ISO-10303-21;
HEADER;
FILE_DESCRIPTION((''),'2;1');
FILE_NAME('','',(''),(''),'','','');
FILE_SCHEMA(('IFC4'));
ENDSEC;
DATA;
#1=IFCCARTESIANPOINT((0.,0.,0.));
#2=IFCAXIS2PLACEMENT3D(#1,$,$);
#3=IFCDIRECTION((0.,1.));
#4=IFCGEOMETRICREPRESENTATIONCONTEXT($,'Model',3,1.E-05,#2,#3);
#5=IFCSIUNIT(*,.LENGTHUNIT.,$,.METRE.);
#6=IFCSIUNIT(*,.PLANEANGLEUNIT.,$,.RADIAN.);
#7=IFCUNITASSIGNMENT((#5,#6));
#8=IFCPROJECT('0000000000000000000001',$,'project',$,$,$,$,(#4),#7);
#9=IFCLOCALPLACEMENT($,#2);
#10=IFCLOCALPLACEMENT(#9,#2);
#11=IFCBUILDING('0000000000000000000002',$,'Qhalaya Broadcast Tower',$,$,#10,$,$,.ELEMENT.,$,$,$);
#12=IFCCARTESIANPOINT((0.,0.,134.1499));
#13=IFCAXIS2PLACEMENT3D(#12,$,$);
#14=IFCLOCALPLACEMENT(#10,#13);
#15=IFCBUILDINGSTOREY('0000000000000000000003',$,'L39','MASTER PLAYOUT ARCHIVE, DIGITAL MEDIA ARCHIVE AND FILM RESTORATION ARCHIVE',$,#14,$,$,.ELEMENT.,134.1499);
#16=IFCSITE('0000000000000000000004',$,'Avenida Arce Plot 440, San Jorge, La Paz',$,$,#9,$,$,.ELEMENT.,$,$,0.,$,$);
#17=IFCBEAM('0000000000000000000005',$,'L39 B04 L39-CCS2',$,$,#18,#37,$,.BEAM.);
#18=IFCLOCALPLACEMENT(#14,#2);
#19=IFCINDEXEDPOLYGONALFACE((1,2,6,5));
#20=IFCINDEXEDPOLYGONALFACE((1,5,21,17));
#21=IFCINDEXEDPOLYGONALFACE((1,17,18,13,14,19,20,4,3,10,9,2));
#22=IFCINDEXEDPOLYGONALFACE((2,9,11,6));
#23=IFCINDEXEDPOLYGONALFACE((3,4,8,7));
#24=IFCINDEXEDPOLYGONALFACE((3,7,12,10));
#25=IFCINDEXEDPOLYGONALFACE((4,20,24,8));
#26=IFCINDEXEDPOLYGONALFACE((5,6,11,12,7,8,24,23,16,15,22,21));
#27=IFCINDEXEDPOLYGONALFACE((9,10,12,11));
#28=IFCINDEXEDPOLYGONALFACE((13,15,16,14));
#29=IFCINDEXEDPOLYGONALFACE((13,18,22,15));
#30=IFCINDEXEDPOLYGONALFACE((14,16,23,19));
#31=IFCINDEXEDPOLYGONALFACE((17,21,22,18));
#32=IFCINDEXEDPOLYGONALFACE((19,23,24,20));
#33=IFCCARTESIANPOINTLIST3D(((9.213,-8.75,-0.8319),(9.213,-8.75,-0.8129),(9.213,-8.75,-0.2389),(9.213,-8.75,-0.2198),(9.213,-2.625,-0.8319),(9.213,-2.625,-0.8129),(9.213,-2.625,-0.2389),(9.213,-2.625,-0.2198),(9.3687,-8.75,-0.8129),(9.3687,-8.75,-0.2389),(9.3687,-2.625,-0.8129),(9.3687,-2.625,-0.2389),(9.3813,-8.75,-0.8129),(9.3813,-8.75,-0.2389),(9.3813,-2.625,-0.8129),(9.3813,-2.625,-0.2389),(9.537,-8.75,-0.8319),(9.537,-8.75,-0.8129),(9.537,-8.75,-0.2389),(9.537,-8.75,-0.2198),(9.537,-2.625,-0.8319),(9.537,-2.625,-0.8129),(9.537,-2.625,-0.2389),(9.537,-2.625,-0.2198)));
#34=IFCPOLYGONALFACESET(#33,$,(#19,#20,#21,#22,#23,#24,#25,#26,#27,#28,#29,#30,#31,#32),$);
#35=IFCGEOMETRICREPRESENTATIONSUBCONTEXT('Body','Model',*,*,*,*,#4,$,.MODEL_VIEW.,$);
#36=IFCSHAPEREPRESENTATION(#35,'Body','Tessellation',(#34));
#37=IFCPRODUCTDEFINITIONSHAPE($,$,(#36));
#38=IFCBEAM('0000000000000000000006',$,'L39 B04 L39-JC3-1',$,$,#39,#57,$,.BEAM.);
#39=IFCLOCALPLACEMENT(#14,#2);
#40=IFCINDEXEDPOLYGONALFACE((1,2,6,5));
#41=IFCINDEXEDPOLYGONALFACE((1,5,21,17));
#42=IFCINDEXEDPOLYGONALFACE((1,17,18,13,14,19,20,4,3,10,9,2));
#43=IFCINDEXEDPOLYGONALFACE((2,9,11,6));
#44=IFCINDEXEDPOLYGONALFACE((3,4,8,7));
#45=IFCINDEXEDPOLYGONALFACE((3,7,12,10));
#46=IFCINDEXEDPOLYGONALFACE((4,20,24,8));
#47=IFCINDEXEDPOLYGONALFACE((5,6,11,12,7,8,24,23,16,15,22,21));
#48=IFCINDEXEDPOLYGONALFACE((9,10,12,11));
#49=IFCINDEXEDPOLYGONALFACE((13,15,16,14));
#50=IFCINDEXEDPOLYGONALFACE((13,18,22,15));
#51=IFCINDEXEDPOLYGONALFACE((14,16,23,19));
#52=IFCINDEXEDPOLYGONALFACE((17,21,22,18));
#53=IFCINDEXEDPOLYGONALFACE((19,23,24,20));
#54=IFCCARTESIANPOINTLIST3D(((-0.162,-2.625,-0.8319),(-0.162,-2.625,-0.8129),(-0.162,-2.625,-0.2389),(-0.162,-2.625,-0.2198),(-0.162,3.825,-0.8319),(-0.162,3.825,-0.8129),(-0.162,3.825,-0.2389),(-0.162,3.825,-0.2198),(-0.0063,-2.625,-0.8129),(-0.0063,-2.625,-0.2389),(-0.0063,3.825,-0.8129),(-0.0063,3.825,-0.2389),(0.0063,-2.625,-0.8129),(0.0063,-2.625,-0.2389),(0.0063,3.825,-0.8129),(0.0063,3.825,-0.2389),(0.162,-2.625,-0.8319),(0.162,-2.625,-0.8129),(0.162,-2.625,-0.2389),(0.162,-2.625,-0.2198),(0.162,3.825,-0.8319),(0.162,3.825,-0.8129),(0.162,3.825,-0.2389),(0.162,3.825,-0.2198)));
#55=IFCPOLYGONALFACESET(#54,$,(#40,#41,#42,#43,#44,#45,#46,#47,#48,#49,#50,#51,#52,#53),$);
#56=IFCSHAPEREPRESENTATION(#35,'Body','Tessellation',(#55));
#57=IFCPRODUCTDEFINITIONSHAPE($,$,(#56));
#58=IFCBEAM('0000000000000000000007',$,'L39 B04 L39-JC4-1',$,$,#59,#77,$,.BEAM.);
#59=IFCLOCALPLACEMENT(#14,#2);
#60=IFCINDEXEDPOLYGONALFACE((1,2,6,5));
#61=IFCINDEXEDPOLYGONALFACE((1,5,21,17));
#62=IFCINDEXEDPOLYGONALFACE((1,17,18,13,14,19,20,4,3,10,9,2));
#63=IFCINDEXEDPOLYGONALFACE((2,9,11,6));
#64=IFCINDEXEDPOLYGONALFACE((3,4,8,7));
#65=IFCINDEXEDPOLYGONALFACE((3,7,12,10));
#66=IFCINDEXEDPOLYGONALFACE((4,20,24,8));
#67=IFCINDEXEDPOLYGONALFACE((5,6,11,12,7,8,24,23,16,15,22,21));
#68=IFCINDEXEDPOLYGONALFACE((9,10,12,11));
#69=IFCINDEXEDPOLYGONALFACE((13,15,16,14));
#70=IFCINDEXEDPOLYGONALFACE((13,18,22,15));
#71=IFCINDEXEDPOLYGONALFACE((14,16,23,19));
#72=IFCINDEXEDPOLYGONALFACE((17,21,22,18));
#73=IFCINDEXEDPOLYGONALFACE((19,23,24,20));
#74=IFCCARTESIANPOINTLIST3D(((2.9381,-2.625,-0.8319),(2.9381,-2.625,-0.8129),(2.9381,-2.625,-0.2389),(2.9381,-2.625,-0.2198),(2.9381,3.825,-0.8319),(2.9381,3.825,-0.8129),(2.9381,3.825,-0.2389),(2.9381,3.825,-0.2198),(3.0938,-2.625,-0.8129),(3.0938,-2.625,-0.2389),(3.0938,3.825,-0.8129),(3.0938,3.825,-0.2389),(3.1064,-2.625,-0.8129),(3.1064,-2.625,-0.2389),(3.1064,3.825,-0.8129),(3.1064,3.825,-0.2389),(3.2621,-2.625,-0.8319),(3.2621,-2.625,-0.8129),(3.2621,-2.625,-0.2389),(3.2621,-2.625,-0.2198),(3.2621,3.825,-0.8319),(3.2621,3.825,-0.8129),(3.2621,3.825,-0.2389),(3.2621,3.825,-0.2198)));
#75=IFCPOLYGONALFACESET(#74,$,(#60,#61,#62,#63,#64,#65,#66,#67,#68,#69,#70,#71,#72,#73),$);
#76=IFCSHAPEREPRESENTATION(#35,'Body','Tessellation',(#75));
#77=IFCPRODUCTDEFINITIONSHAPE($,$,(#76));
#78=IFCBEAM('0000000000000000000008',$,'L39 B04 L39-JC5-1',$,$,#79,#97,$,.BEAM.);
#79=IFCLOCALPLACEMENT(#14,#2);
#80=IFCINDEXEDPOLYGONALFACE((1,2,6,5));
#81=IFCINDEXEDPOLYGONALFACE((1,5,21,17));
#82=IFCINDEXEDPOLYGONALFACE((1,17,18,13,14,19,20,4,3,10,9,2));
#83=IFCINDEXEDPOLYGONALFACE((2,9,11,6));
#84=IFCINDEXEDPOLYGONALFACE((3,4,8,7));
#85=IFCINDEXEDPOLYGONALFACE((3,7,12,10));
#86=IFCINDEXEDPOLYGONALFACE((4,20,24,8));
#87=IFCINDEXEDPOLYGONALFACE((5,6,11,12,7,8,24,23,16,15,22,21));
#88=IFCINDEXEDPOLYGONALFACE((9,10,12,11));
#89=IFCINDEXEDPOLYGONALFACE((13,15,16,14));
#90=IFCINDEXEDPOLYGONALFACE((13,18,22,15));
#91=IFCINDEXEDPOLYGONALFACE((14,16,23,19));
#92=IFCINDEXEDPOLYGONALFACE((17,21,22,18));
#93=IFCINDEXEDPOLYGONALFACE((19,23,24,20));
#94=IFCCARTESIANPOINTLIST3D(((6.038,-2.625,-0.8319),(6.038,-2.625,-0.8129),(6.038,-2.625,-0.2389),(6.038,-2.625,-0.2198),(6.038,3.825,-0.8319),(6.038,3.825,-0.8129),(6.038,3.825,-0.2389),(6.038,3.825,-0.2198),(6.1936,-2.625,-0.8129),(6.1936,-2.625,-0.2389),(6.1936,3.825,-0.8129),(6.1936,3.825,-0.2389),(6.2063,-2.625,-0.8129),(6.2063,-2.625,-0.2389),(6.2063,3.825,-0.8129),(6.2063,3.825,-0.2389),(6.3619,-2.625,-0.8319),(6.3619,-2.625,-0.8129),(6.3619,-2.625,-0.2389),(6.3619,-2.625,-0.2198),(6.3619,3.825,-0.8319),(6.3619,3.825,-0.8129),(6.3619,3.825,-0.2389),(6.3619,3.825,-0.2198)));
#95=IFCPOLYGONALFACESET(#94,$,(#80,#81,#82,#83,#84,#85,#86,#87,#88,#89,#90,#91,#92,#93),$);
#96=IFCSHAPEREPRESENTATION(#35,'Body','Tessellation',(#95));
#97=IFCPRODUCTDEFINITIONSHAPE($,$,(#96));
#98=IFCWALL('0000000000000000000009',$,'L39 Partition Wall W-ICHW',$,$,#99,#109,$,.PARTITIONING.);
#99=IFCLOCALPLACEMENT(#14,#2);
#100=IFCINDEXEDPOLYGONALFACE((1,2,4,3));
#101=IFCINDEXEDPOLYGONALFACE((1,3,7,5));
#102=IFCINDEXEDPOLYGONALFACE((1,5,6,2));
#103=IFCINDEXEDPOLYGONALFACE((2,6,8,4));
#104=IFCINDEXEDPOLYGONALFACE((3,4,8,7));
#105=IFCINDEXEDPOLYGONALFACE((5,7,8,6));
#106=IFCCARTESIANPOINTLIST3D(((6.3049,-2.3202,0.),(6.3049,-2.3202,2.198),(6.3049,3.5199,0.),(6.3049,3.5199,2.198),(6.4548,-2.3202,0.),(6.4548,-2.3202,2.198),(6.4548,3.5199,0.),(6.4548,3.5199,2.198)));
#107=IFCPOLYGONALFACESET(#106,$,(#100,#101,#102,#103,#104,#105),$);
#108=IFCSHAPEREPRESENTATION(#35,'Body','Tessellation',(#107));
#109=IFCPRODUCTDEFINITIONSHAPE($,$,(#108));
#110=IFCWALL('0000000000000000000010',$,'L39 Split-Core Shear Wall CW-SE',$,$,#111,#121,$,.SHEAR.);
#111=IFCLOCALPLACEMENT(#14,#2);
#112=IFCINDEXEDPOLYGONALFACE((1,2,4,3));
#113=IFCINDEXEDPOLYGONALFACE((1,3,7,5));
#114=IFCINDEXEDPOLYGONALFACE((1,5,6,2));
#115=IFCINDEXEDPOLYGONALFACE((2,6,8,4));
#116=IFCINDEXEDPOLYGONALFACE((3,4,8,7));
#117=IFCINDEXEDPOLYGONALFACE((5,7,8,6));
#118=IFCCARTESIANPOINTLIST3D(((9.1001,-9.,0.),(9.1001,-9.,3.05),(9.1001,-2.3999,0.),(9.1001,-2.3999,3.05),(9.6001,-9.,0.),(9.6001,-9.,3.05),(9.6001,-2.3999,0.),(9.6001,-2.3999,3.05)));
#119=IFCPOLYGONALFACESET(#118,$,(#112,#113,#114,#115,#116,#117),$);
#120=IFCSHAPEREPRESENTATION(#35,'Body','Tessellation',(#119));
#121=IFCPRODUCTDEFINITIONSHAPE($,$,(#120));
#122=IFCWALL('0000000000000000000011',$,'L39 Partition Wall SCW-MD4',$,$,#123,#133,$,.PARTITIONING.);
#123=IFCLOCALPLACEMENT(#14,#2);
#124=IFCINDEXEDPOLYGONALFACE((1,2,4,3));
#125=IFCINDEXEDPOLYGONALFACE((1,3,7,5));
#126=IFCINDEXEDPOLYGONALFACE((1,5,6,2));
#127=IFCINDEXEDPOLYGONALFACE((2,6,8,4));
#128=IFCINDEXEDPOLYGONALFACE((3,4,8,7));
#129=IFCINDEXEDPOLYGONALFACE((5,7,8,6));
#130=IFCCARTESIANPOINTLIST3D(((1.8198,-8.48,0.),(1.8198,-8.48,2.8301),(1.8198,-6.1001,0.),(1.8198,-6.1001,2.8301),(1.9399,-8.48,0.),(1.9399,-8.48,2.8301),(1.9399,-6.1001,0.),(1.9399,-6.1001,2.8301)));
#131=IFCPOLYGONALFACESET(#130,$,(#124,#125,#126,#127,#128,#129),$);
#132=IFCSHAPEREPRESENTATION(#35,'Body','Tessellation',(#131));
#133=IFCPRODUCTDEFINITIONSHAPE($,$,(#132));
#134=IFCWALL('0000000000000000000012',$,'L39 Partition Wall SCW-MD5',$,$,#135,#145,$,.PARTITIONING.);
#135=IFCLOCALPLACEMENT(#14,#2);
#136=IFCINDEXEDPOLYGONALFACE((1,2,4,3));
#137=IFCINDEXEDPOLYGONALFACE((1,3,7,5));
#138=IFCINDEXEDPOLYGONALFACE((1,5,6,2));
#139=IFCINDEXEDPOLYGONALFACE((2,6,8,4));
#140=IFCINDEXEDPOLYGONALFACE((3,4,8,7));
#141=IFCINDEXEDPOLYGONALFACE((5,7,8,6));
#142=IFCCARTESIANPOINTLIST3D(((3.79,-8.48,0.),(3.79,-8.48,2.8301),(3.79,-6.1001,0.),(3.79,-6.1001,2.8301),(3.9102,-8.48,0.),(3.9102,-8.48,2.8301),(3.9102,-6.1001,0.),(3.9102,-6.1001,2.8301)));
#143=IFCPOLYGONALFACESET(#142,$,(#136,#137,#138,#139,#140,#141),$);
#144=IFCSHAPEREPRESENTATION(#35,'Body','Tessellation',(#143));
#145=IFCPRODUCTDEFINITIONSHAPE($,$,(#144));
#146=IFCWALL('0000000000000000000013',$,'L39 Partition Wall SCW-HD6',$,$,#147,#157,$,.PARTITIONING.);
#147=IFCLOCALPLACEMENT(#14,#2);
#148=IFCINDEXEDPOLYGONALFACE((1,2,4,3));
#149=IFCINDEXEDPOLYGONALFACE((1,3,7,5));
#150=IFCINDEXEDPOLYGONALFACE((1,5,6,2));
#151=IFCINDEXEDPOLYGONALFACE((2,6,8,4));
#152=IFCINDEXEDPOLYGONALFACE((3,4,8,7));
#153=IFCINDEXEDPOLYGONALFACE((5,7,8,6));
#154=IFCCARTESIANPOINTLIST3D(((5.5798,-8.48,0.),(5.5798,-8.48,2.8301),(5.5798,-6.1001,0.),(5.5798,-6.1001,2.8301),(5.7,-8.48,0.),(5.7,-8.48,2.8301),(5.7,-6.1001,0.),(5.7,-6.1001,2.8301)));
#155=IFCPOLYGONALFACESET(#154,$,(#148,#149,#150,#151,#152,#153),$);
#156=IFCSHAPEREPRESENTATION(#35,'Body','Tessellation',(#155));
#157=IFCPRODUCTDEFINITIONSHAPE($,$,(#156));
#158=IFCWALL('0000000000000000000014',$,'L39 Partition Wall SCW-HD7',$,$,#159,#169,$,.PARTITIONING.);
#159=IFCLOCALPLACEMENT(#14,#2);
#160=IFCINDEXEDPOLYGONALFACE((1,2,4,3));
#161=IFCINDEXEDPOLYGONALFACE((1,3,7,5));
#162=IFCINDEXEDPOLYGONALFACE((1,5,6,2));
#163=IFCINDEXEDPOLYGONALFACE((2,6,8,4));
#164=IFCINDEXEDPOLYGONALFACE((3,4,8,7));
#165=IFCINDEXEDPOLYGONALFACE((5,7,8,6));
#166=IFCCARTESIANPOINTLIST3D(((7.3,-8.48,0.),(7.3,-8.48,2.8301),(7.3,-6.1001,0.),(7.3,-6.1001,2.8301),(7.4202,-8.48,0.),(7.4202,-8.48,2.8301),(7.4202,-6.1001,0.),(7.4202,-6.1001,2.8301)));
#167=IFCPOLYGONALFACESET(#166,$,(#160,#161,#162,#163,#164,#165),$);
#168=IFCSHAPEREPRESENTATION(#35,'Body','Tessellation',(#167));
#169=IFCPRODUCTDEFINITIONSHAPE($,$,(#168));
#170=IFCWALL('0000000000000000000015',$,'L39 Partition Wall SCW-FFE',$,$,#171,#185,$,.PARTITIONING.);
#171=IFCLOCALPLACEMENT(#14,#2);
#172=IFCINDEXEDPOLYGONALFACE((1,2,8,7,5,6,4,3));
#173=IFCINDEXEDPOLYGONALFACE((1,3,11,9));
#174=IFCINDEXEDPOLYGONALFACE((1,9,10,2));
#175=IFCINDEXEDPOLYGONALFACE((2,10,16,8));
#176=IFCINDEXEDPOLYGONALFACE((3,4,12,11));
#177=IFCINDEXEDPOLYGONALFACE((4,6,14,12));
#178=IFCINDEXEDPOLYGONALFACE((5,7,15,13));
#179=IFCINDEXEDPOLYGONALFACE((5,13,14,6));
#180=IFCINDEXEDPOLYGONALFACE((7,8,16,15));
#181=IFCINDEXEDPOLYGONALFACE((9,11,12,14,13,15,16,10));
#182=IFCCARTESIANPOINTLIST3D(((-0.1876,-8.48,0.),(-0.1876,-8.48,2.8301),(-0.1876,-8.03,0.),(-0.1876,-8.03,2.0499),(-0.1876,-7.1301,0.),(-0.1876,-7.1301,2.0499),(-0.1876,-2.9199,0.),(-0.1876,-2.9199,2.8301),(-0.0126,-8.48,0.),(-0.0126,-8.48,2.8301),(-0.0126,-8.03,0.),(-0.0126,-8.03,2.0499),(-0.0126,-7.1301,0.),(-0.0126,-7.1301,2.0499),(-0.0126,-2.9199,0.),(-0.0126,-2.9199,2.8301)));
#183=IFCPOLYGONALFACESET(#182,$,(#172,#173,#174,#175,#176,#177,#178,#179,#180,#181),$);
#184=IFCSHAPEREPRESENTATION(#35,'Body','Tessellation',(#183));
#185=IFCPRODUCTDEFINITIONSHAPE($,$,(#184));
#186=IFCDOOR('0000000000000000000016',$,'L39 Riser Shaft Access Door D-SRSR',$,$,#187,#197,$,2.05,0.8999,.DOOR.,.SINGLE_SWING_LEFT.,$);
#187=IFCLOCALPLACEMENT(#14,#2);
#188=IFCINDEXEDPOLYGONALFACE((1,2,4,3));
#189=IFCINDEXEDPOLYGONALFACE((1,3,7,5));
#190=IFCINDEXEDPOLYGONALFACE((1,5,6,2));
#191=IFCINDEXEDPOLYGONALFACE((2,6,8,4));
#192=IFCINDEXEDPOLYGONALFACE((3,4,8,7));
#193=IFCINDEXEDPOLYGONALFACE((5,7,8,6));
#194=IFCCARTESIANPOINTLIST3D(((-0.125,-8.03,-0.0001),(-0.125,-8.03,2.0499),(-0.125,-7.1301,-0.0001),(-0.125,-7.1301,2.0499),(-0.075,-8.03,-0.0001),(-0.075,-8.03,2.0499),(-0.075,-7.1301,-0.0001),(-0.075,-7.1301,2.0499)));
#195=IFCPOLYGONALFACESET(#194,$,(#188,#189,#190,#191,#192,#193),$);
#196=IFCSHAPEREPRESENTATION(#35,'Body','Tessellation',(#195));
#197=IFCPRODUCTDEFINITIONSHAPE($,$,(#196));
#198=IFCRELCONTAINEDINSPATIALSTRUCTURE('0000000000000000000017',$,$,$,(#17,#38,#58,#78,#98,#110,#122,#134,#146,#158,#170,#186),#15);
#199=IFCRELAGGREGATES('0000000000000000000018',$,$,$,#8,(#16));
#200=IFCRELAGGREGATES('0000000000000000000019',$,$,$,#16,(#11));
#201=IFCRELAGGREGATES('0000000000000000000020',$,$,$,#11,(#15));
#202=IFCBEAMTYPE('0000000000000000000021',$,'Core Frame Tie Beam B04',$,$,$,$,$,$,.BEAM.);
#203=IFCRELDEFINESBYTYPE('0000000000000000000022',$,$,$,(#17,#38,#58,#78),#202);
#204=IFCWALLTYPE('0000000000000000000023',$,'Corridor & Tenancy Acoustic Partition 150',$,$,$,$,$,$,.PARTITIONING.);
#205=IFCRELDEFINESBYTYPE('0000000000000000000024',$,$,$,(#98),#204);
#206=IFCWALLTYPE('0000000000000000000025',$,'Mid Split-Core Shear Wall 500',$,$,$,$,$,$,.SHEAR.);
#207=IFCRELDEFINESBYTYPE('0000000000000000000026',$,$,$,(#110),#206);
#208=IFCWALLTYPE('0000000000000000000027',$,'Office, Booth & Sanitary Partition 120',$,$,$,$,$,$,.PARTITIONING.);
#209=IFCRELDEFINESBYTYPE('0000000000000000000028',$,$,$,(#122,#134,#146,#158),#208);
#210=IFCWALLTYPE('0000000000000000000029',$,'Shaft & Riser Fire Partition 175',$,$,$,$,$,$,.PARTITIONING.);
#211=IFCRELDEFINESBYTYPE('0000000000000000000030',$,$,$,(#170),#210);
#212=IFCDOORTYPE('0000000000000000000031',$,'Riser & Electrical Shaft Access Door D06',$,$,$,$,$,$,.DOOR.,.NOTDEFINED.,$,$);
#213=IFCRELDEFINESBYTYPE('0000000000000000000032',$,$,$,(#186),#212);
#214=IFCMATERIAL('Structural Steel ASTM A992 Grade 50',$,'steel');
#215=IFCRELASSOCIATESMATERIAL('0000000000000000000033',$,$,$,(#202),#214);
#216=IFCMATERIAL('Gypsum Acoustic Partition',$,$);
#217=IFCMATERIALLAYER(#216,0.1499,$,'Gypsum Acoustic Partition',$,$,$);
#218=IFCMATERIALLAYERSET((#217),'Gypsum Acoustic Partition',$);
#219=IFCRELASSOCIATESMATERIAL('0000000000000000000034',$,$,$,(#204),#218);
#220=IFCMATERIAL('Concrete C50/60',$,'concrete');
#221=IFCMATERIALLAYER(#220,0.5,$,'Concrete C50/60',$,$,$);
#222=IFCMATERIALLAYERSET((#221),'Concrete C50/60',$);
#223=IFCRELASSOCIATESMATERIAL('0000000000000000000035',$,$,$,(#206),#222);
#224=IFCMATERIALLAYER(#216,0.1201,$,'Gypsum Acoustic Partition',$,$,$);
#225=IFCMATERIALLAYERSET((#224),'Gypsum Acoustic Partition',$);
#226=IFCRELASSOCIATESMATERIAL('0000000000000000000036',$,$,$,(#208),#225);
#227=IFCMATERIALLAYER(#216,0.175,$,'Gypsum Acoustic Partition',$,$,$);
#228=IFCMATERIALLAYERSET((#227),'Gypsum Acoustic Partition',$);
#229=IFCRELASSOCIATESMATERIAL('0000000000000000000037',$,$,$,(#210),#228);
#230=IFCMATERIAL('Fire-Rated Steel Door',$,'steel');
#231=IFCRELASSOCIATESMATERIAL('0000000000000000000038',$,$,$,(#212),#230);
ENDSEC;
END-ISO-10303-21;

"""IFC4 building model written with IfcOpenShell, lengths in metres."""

from ifc_helpers import new_model, si_unit, direction, frame, frame_2d, origin, origin_2d, place, context, subcontext, project, spatial, rectangle, i_section, extrude, material, layer, layer_set, material_profile, profile_set, type_object, element, fill, save


model = new_model("IFC4")

# Units and contexts
model_context = context("Model", 3, precision=1e-05, world=origin(), true_north=direction((0.0, 1.0)))
body_context = subcontext(model_context, "Body", "Model", "MODEL_VIEW")
ifc_project = project(units=[si_unit("LENGTHUNIT", "METRE"), si_unit("PLANEANGLEUNIT", "RADIAN")], contexts=[model_context])

# Site, building, storey
site_placement = place(None, origin())
site = spatial("IfcSite", under=ifc_project, at=site_placement, Name="Avenida Arce Plot 440, San Jorge, La Paz", CompositionType="ELEMENT", RefElevation=0.0)
building_placement = place(site_placement, origin())
building = spatial("IfcBuilding", under=site, at=building_placement, Name="Qhalaya Broadcast Tower", CompositionType="ELEMENT")
storey_placement = place(building_placement, frame((0.0, 0.0, 134.1499)))
storey = spatial("IfcBuildingStorey", under=building, at=storey_placement, Name="L39", Description="MASTER PLAYOUT ARCHIVE, DIGITAL MEDIA ARCHIVE AND FILM RESTORATION ARCHIVE", CompositionType="ELEMENT", Elevation=134.1499)

# Beams
ifc_material_1 = material(Name="Structural Steel ASTM A992 Grade 50", Category="steel")
ifc_material_profile = material_profile(ifc_material_1, i_section(OverallWidth=0.324, OverallDepth=0.6121, WebThickness=0.0127, FlangeThickness=0.019, at=origin_2d()), Name="W24X104")
ifc_profile_set = profile_set([ifc_material_profile], Name="Structural Steel ASTM A992 Grade 50")
beam_type = type_object("IfcBeamType", Name="Core Frame Tie Beam B04", PredefinedType="BEAM", material=ifc_profile_set)
beam_placement = place(storey_placement, frame((9.375, -8.75, -0.5259), z_axis=(0.0, 1.0, 0.0), x_axis=(-1.0, 0.0, 0.0)))
element("IfcBeam", 1, at=beam_placement, inside=storey, type_object=beam_type, Name="L39 B04 L39-CCS2", PredefinedType="BEAM", context=body_context, shape_type="SweptSolid", body=[
    extrude(i_section(OverallWidth=0.324, OverallDepth=0.6121, WebThickness=0.0127, FlangeThickness=0.019, at=origin_2d()), origin(), (0.0, 0.0, 1.0), 6.125),
])
for number, where, z_axis, x_axis, name in (
    (2, (0.0, -2.625, -0.5259), (0.0, 1.0, 0.0), (-1.0, 0.0, 0.0), "L39 B04 L39-JC3-1"),
    (3, (3.1001, -2.625, -0.5259), (0.0, 1.0, 0.0), (-1.0, 0.0, 0.0), "L39 B04 L39-JC4-1"),
    (4, (6.2, -2.625, -0.5259), (0.0, 1.0, 0.0), (-1.0, 0.0, 0.0), "L39 B04 L39-JC5-1"),
):
    element("IfcBeam", number, at=place(storey_placement, frame(where, z_axis=z_axis, x_axis=x_axis)), inside=storey, type_object=beam_type, Name=name, PredefinedType="BEAM", context=body_context, shape_type="SweptSolid", body=[
        extrude(i_section(OverallWidth=0.324, OverallDepth=0.6121, WebThickness=0.0127, FlangeThickness=0.019, at=origin_2d()), origin(), (0.0, 0.0, 1.0), 6.45),
    ])

# Walls
ifc_material_2 = material(Name="Gypsum Acoustic Partition")
ifc_layer_1 = layer(ifc_material_2, 0.1499, Name="Gypsum Acoustic Partition")
ifc_layer_set_1 = layer_set([ifc_layer_1], Name="Gypsum Acoustic Partition")
wall_type_1 = type_object("IfcWallType", Name="Corridor & Tenancy Acoustic Partition 150", PredefinedType="PARTITIONING", material=ifc_layer_set_1)
wall_1_placement = place(storey_placement, frame((6.3799, -2.3201, 0.0), z_axis=(0.0, 0.0, 1.0), x_axis=(0.0, 1.0, 0.0)))
element("IfcWall", 5, at=wall_1_placement, inside=storey, type_object=wall_type_1, Name="L39 Partition Wall W-ICHW", PredefinedType="PARTITIONING", context=body_context, shape_type="SweptSolid", body=[
    extrude(rectangle(XDim=5.8401, YDim=0.1499, at=frame_2d((2.9199, 0.0))), origin(), (0.0, 0.0, 1.0), 2.198),
])
ifc_material_3 = material(Name="Concrete C50/60", Category="concrete")
ifc_layer_2 = layer(ifc_material_3, 0.5, Name="Concrete C50/60")
ifc_layer_set_2 = layer_set([ifc_layer_2], Name="Concrete C50/60")
wall_type_2 = type_object("IfcWallType", Name="Mid Split-Core Shear Wall 500", PredefinedType="SHEAR", material=ifc_layer_set_2)
wall_2_placement = place(storey_placement, frame((9.3501, -9.0, 0.0), z_axis=(0.0, 0.0, 1.0), x_axis=(0.0, 1.0, 0.0)))
element("IfcWall", 6, at=wall_2_placement, inside=storey, type_object=wall_type_2, Name="L39 Split-Core Shear Wall CW-SE", PredefinedType="SHEAR", context=body_context, shape_type="SweptSolid", body=[
    extrude(rectangle(XDim=6.6001, YDim=0.5, at=frame_2d((3.3, 0.0))), origin(), (0.0, 0.0, 1.0), 3.05),
])
ifc_layer_3 = layer(ifc_material_2, 0.1201, Name="Gypsum Acoustic Partition")
ifc_layer_set_3 = layer_set([ifc_layer_3], Name="Gypsum Acoustic Partition")
wall_type_3 = type_object("IfcWallType", Name="Office, Booth & Sanitary Partition 120", PredefinedType="PARTITIONING", material=ifc_layer_set_3)
for number, where, z_axis, x_axis, name in (
    (7, (1.8799, -8.48, 0.0), (0.0, 0.0, 1.0), (0.0, 1.0, 0.0), "L39 Partition Wall SCW-MD4"),
    (8, (3.8501, -8.48, 0.0), (0.0, 0.0, 1.0), (0.0, 1.0, 0.0), "L39 Partition Wall SCW-MD5"),
    (9, (5.6399, -8.48, 0.0), (0.0, 0.0, 1.0), (0.0, 1.0, 0.0), "L39 Partition Wall SCW-HD6"),
    (10, (7.3601, -8.48, 0.0), (0.0, 0.0, 1.0), (0.0, 1.0, 0.0), "L39 Partition Wall SCW-HD7"),
):
    element("IfcWall", number, at=place(storey_placement, frame(where, z_axis=z_axis, x_axis=x_axis)), inside=storey, type_object=wall_type_3, Name=name, PredefinedType="PARTITIONING", context=body_context, shape_type="SweptSolid", body=[
        extrude(rectangle(XDim=2.3799, YDim=0.1201, at=frame_2d((1.1899, 0.0))), origin(), (0.0, 0.0, 1.0), 2.8301),
    ])

# Wall, opening, door
ifc_layer_4 = layer(ifc_material_2, 0.175, Name="Gypsum Acoustic Partition")
ifc_layer_set_4 = layer_set([ifc_layer_4], Name="Gypsum Acoustic Partition")
wall_type_4 = type_object("IfcWallType", Name="Shaft & Riser Fire Partition 175", PredefinedType="PARTITIONING", material=ifc_layer_set_4)
wall_3_placement = place(storey_placement, frame((-0.1001, -8.48, 0.0), z_axis=(0.0, 0.0, 1.0), x_axis=(0.0, 1.0, 0.0)))
wall_3 = element("IfcWall", 11, at=wall_3_placement, inside=storey, type_object=wall_type_4, Name="L39 Partition Wall SCW-FFE", PredefinedType="PARTITIONING", context=body_context, shape_type="SweptSolid", body=[
    extrude(rectangle(XDim=5.5601, YDim=0.175, at=frame_2d((2.78, 0.0))), origin(), (0.0, 0.0, 1.0), 2.8301),
])
opening_1_placement = place(wall_3_placement, frame((0.45, 0.0, 0.0)))
opening_1 = element("IfcOpeningElement", 12, at=opening_1_placement, cuts=wall_3, PredefinedType="OPENING", context=body_context, shape_type="SweptSolid", body=[
    extrude(rectangle(XDim=0.8999, YDim=2.05, at=frame_2d((0.45, 1.0249))), frame((0.0, 0.0996, 0.0), z_axis=(0.0, -1.0, 0.0), x_axis=(1.0, 0.0, 0.0)), (0.0, 0.0, 1.0), 0.199),
])
ifc_material_4 = material(Name="Fire-Rated Steel Door", Category="steel")
door_type_1 = type_object("IfcDoorType", Name="Riser & Electrical Shaft Access Door D06", OperationType="NOTDEFINED", PredefinedType="DOOR", material=ifc_material_4)
door_1_placement = place(opening_1_placement, origin())
door_1 = element("IfcDoor", 13, at=door_1_placement, inside=storey, type_object=door_type_1, Name="L39 Riser Shaft Access Door D-SRSR", OperationType="SINGLE_SWING_LEFT", OverallHeight=2.05, OverallWidth=0.8999, PredefinedType="DOOR", context=body_context, shape_type="SweptSolid", body=[
    extrude(rectangle(XDim=0.8999, YDim=2.05, at=frame_2d((0.45, 1.0249))), frame((0.0, 0.0249, 0.0), z_axis=(0.0, -1.0, 0.0), x_axis=(1.0, 0.0, 0.0)), (0.0, 0.0, 1.0), 0.05),
])
fill(opening_1, door_1)

save(model, "model.ifc")
